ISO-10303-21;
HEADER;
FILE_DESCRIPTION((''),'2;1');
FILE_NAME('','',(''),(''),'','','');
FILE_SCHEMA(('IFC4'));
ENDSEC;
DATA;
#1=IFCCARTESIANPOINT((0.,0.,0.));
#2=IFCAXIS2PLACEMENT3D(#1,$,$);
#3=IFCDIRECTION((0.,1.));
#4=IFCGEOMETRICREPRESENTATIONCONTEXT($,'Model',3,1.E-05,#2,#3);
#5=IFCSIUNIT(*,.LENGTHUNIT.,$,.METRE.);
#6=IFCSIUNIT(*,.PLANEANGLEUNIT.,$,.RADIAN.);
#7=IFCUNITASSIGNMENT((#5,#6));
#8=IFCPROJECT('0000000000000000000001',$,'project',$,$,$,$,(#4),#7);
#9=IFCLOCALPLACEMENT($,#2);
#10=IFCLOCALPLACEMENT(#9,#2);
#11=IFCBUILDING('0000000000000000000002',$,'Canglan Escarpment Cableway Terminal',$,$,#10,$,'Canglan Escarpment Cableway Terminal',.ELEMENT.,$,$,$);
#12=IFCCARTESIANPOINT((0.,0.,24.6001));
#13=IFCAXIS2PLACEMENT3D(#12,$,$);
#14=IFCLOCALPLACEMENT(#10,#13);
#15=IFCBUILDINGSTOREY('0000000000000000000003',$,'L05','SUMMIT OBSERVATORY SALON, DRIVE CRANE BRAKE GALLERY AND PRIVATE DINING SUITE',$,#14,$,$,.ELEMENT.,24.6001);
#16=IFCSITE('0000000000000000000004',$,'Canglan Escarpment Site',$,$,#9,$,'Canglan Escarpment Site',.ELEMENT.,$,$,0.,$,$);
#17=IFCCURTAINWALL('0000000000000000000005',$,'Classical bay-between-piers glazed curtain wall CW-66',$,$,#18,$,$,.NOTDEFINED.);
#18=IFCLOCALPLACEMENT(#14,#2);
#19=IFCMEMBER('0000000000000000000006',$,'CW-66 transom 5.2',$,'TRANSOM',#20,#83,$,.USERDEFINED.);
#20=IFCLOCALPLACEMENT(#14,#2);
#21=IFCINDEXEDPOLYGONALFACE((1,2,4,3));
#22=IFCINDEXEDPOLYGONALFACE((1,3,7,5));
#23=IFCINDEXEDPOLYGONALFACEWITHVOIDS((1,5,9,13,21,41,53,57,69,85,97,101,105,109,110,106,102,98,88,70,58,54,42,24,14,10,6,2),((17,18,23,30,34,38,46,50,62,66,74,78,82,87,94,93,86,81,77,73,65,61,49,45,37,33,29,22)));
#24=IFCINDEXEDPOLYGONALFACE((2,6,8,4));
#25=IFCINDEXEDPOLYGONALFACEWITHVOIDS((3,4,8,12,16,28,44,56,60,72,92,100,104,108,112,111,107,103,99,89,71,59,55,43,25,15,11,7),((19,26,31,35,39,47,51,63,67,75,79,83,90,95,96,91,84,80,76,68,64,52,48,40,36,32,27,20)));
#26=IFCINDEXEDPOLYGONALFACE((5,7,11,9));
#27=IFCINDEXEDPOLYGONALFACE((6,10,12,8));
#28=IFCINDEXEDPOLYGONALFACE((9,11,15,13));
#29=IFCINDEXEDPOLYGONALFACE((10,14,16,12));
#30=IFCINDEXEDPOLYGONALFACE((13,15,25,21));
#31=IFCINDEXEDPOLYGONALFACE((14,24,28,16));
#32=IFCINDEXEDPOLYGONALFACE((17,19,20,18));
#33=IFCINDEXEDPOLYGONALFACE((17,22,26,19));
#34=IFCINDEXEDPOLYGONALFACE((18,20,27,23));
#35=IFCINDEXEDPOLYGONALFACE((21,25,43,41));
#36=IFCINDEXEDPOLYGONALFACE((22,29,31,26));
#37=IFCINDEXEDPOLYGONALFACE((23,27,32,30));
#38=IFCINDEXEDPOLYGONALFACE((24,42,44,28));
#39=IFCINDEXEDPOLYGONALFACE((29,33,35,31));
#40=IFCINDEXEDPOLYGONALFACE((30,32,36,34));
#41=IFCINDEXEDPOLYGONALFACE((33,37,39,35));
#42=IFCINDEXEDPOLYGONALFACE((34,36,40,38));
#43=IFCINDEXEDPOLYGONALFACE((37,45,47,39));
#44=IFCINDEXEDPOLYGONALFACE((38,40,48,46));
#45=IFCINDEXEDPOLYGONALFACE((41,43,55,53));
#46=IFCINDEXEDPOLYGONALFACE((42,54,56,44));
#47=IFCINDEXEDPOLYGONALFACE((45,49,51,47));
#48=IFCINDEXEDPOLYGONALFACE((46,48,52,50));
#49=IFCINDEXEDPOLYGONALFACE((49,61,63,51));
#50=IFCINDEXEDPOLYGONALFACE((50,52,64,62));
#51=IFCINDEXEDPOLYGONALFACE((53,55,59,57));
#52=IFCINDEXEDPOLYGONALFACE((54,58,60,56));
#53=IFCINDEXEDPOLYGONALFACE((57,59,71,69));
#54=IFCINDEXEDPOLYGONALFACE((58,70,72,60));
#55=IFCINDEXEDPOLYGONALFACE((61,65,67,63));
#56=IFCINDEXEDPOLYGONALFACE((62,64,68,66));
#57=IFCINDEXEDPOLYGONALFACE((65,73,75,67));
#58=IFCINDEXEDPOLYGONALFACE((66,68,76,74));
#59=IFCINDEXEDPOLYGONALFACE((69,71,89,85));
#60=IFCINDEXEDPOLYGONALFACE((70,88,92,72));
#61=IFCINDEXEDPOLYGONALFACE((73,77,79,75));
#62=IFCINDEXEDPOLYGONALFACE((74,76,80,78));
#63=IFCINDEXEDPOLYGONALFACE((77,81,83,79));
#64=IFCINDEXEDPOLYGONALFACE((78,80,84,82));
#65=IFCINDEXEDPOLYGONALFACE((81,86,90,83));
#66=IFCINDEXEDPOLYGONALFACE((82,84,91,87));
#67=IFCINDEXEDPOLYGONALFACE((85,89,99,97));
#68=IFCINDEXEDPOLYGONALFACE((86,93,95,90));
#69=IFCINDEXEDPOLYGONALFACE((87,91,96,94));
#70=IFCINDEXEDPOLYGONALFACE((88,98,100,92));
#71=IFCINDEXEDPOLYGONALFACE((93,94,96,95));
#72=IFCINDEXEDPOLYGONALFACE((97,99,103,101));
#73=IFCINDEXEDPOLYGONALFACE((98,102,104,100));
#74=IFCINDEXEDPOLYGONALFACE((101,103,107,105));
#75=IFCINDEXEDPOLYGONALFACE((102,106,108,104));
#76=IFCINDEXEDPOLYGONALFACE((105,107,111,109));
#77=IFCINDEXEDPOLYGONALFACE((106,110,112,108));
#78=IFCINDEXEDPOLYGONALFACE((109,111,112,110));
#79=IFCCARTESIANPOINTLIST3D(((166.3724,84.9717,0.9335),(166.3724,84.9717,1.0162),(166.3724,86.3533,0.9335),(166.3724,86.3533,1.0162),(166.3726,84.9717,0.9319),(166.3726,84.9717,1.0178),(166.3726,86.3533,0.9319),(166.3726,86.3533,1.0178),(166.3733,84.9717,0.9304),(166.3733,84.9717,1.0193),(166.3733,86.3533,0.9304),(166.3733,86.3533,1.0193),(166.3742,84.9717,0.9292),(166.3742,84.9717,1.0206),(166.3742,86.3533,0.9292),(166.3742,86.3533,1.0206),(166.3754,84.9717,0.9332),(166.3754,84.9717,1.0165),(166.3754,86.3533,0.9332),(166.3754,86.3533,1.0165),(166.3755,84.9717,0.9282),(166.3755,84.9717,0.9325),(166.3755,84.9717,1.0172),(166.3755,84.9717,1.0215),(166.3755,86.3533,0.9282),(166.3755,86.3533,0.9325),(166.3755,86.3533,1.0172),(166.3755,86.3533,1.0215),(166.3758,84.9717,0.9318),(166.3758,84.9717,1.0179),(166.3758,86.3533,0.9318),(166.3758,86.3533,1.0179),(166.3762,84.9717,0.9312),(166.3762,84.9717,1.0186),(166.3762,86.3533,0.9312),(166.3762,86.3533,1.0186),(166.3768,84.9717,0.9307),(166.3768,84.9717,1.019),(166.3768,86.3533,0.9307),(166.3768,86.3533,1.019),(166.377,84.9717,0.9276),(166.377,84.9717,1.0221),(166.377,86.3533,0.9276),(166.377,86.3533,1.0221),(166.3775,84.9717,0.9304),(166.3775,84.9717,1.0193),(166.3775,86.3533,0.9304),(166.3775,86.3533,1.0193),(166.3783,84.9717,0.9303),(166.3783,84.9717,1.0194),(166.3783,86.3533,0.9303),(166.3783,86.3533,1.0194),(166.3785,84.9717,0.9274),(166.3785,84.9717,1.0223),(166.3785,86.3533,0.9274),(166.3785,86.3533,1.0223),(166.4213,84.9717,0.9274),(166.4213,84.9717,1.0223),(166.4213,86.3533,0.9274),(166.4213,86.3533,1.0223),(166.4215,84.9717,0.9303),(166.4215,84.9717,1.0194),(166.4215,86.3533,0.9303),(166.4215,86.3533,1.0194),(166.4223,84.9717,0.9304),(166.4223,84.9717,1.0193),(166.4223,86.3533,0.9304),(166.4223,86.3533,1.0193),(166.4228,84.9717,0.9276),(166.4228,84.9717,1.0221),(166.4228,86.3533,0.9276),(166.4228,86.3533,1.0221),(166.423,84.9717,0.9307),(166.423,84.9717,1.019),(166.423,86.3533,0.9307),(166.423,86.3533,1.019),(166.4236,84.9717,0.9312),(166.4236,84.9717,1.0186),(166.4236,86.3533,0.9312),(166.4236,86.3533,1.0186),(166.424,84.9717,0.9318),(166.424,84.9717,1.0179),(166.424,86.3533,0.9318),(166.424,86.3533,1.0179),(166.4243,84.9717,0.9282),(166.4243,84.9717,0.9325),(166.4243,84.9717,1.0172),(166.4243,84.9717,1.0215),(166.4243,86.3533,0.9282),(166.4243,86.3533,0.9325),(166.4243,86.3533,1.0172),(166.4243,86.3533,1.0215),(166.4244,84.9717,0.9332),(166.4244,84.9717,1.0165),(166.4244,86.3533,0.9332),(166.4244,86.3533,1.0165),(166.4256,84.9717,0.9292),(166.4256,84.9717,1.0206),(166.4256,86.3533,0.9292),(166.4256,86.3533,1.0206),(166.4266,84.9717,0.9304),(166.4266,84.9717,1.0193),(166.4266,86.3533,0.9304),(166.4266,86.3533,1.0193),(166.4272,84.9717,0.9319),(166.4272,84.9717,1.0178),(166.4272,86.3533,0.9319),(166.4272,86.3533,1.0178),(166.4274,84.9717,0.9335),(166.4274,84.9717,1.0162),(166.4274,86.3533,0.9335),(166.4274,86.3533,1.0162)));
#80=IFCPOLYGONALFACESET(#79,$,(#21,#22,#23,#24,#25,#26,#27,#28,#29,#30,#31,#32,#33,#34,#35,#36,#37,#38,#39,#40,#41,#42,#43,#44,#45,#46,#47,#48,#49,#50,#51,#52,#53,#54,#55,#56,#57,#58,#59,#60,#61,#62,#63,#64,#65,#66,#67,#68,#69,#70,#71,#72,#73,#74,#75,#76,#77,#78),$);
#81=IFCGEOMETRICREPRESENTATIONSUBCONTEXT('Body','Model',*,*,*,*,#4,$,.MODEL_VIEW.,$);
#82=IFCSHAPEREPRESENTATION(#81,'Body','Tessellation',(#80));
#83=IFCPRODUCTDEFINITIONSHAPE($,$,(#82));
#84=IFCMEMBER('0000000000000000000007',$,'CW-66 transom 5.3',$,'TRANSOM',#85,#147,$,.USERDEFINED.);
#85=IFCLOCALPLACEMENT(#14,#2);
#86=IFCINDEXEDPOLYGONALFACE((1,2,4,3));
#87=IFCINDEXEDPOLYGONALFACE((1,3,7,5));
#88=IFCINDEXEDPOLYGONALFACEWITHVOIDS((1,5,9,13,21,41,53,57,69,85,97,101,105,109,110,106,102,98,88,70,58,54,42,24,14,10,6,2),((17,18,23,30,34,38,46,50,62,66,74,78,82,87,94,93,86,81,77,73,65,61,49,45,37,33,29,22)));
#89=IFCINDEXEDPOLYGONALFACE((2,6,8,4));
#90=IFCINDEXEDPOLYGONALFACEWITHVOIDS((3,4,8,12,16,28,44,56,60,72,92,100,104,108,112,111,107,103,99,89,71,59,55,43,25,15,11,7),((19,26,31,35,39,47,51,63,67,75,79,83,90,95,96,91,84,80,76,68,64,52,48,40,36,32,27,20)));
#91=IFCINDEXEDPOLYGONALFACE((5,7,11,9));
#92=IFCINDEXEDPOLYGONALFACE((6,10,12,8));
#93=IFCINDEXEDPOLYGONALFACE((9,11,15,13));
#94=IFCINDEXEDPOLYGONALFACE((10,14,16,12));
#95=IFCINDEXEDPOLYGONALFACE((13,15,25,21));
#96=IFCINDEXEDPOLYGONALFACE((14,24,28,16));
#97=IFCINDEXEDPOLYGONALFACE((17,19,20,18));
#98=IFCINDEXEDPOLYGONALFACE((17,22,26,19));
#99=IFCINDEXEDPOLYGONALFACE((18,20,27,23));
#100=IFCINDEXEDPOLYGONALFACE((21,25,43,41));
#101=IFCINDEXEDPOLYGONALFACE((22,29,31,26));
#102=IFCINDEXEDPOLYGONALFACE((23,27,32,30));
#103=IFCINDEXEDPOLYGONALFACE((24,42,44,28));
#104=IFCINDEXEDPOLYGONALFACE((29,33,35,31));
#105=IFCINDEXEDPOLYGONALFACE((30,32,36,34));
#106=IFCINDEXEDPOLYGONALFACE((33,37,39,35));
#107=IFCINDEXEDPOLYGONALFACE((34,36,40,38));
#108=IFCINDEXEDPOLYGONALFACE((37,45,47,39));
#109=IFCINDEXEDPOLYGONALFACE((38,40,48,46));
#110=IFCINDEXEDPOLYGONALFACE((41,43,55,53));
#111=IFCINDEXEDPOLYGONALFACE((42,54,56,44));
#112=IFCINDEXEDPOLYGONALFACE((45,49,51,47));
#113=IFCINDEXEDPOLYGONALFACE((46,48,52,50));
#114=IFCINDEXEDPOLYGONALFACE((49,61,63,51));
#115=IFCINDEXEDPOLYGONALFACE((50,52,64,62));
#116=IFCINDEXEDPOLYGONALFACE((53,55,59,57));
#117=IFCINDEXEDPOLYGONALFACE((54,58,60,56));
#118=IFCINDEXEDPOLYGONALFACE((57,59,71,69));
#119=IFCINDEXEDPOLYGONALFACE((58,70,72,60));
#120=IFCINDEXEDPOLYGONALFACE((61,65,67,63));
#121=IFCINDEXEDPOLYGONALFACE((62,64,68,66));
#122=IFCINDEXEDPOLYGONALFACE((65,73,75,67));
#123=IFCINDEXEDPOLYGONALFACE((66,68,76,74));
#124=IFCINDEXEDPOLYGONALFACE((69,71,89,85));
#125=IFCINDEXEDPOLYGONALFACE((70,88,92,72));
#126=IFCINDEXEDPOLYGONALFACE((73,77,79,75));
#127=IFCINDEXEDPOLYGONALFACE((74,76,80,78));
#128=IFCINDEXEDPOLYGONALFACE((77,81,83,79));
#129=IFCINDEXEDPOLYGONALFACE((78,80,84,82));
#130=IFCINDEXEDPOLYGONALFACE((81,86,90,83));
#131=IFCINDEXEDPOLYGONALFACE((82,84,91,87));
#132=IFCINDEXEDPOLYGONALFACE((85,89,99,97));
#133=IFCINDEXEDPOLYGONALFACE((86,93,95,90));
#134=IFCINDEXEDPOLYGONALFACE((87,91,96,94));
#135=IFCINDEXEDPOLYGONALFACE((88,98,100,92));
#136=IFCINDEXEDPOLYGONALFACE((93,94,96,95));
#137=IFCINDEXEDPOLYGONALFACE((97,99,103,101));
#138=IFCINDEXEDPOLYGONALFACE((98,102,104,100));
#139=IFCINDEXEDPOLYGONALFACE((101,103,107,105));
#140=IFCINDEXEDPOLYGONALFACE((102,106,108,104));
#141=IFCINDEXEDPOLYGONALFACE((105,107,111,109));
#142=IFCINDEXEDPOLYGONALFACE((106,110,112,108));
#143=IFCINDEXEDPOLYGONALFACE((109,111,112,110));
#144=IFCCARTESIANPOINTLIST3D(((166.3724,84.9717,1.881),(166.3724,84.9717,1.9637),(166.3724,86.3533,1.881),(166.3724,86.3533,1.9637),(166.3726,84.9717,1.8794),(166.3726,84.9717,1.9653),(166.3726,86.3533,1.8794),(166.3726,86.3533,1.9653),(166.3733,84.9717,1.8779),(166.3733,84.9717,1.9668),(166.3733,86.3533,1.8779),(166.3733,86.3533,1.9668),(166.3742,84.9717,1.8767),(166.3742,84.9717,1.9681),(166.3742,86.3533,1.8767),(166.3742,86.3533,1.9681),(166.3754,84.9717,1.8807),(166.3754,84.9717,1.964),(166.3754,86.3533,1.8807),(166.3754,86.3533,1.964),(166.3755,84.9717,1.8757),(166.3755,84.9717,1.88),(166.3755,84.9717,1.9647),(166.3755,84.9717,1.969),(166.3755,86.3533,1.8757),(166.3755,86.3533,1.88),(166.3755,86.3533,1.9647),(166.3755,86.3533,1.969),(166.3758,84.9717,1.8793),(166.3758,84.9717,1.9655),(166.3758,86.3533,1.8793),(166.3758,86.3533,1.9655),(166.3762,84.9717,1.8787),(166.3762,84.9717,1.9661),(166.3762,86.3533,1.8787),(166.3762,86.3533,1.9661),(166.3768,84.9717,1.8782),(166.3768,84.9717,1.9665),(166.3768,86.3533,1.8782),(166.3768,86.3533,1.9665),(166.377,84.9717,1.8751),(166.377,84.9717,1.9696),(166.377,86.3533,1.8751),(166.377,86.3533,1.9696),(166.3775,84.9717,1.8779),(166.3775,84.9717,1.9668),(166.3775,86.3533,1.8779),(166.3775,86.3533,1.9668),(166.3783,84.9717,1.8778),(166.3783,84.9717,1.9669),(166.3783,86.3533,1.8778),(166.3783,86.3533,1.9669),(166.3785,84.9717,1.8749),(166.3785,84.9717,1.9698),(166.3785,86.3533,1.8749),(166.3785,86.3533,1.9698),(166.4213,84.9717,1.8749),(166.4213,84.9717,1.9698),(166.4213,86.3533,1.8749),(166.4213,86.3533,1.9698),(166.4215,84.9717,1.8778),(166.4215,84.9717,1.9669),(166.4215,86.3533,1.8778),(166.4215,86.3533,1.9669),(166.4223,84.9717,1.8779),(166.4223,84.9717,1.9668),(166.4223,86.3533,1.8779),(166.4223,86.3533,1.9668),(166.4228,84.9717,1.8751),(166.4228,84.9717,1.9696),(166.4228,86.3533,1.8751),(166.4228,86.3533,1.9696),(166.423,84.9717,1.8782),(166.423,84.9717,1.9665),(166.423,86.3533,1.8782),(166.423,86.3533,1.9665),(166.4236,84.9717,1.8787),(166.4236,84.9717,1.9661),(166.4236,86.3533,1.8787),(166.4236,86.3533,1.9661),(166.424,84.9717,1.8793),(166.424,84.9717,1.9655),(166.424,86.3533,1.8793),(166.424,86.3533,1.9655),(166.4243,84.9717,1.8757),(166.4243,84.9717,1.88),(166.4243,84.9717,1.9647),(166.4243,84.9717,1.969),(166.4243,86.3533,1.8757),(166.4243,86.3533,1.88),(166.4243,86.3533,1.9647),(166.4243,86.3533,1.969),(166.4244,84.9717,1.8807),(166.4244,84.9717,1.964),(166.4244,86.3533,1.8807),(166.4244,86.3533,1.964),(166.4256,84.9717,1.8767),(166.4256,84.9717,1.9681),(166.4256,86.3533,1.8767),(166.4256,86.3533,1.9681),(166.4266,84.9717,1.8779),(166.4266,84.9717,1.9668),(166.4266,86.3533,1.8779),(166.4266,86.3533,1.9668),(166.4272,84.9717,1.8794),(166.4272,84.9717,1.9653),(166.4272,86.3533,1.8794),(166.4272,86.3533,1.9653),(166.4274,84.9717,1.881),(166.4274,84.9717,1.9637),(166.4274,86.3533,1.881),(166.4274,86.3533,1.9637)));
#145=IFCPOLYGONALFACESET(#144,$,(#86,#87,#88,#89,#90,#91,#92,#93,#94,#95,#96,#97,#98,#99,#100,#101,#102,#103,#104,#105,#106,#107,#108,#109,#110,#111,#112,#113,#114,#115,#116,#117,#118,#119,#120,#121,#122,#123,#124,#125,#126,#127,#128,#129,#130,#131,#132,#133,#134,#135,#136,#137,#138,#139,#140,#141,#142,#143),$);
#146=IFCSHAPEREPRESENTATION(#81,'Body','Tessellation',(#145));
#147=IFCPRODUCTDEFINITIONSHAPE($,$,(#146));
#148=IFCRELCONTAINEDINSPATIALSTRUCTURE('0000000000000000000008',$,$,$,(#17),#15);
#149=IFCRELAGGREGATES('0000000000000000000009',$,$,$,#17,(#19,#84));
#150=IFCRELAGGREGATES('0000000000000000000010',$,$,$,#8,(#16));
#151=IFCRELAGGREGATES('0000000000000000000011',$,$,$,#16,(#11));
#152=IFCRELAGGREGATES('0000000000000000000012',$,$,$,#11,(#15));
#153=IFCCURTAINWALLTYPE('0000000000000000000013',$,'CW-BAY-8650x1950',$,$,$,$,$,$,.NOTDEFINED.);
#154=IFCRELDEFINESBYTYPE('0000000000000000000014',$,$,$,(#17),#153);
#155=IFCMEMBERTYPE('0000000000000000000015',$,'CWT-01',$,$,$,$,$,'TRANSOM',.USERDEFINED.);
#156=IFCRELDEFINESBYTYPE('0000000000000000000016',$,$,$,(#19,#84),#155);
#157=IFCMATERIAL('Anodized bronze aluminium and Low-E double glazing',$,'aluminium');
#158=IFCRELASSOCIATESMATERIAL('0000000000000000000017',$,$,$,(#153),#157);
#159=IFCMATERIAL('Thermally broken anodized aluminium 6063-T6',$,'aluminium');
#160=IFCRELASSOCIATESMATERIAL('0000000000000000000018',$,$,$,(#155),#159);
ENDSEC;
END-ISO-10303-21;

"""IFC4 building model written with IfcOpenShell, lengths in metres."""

from ifc_helpers import new_model, si_unit, direction, frame, origin, origin_2d, place, context, subcontext, project, spatial, hollow_rectangle, extrude, material, material_profile, profile_set, type_object, element, aggregate, save


model = new_model("IFC4")

# Units and contexts
model_context = context("Model", 3, precision=1e-05, world=origin(), true_north=direction((0.0, 1.0)))
body_context = subcontext(model_context, "Body", "Model", "MODEL_VIEW")
ifc_project = project(units=[si_unit("LENGTHUNIT", "METRE"), si_unit("PLANEANGLEUNIT", "RADIAN")], contexts=[model_context])

# Site, building, storey
site_placement = place(None, origin())
site = spatial("IfcSite", under=ifc_project, at=site_placement, Name="Canglan Escarpment Site", LongName="Canglan Escarpment Site", CompositionType="ELEMENT", RefElevation=0.0)
building_placement = place(site_placement, origin())
building = spatial("IfcBuilding", under=site, at=building_placement, Name="Canglan Escarpment Cableway Terminal", LongName="Canglan Escarpment Cableway Terminal", CompositionType="ELEMENT")
storey_placement = place(building_placement, frame((0.0, 0.0, 24.6001)))
storey = spatial("IfcBuildingStorey", under=building, at=storey_placement, Name="L05", Description="SUMMIT OBSERVATORY SALON, DRIVE CRANE BRAKE GALLERY AND PRIVATE DINING SUITE", CompositionType="ELEMENT", Elevation=24.6001)

# Curtain wall
ifc_material_1 = material(Name="Anodized bronze aluminium and Low-E double glazing", Category="aluminium")
curtain_wall_type = type_object("IfcCurtainWallType", Name="CW-BAY-8650x1950", PredefinedType="NOTDEFINED", material=ifc_material_1)
curtain_wall_1_placement = place(storey_placement, origin())
curtain_wall_1 = element("IfcCurtainWall", 1, at=curtain_wall_1_placement, inside=storey, type_object=curtain_wall_type, Name="Classical bay-between-piers glazed curtain wall CW-66", PredefinedType="NOTDEFINED")
ifc_material_2 = material(Name="Thermally broken anodized aluminium 6063-T6", Category="aluminium")

# Members
ifc_material_profile_1 = material_profile(ifc_material_2, hollow_rectangle(XDim=0.0549, YDim=0.095, WallThickness=0.0029, InnerFilletRadius=0.0029, OuterFilletRadius=0.0061, at=origin_2d()), Name="ALU-TRAN 55x95x3")
ifc_profile_set_1 = profile_set([ifc_material_profile_1], Name="Thermally broken anodized aluminium 6063-T6")
member_type_1 = type_object("IfcMemberType", Name="CWT-01", ElementType="TRANSOM", PredefinedType="USERDEFINED", material=ifc_profile_set_1)
member_1_placement = place(storey_placement, frame((166.3999, 84.9717, 0.9749), z_axis=(0.0, 1.0, 0.0), x_axis=(-1.0, 0.0, 0.0)))
member_1 = element("IfcMember", 2, at=member_1_placement, type_object=member_type_1, Name="CW-66 transom 5.2", ObjectType="TRANSOM", PredefinedType="USERDEFINED", context=body_context, shape_type="SweptSolid", body=[
    extrude(hollow_rectangle(XDim=0.0549, YDim=0.095, WallThickness=0.0029, InnerFilletRadius=0.0029, OuterFilletRadius=0.0061, at=origin_2d()), origin(), (0.0, 0.0, 1.0), 1.3816),
])
member_2_placement = place(storey_placement, frame((166.3999, 84.9717, 1.9224), z_axis=(0.0, 1.0, 0.0), x_axis=(-1.0, 0.0, 0.0)))
member_2 = element("IfcMember", 3, at=member_2_placement, type_object=member_type_1, Name="CW-66 transom 5.3", ObjectType="TRANSOM", PredefinedType="USERDEFINED", context=body_context, shape_type="SweptSolid", body=[
    extrude(hollow_rectangle(XDim=0.0549, YDim=0.095, WallThickness=0.0029, InnerFilletRadius=0.0029, OuterFilletRadius=0.0061, at=origin_2d()), origin(), (0.0, 0.0, 1.0), 1.3816),
])

aggregate(curtain_wall_1, [member_1, member_2])

save(model, "model.ifc")
